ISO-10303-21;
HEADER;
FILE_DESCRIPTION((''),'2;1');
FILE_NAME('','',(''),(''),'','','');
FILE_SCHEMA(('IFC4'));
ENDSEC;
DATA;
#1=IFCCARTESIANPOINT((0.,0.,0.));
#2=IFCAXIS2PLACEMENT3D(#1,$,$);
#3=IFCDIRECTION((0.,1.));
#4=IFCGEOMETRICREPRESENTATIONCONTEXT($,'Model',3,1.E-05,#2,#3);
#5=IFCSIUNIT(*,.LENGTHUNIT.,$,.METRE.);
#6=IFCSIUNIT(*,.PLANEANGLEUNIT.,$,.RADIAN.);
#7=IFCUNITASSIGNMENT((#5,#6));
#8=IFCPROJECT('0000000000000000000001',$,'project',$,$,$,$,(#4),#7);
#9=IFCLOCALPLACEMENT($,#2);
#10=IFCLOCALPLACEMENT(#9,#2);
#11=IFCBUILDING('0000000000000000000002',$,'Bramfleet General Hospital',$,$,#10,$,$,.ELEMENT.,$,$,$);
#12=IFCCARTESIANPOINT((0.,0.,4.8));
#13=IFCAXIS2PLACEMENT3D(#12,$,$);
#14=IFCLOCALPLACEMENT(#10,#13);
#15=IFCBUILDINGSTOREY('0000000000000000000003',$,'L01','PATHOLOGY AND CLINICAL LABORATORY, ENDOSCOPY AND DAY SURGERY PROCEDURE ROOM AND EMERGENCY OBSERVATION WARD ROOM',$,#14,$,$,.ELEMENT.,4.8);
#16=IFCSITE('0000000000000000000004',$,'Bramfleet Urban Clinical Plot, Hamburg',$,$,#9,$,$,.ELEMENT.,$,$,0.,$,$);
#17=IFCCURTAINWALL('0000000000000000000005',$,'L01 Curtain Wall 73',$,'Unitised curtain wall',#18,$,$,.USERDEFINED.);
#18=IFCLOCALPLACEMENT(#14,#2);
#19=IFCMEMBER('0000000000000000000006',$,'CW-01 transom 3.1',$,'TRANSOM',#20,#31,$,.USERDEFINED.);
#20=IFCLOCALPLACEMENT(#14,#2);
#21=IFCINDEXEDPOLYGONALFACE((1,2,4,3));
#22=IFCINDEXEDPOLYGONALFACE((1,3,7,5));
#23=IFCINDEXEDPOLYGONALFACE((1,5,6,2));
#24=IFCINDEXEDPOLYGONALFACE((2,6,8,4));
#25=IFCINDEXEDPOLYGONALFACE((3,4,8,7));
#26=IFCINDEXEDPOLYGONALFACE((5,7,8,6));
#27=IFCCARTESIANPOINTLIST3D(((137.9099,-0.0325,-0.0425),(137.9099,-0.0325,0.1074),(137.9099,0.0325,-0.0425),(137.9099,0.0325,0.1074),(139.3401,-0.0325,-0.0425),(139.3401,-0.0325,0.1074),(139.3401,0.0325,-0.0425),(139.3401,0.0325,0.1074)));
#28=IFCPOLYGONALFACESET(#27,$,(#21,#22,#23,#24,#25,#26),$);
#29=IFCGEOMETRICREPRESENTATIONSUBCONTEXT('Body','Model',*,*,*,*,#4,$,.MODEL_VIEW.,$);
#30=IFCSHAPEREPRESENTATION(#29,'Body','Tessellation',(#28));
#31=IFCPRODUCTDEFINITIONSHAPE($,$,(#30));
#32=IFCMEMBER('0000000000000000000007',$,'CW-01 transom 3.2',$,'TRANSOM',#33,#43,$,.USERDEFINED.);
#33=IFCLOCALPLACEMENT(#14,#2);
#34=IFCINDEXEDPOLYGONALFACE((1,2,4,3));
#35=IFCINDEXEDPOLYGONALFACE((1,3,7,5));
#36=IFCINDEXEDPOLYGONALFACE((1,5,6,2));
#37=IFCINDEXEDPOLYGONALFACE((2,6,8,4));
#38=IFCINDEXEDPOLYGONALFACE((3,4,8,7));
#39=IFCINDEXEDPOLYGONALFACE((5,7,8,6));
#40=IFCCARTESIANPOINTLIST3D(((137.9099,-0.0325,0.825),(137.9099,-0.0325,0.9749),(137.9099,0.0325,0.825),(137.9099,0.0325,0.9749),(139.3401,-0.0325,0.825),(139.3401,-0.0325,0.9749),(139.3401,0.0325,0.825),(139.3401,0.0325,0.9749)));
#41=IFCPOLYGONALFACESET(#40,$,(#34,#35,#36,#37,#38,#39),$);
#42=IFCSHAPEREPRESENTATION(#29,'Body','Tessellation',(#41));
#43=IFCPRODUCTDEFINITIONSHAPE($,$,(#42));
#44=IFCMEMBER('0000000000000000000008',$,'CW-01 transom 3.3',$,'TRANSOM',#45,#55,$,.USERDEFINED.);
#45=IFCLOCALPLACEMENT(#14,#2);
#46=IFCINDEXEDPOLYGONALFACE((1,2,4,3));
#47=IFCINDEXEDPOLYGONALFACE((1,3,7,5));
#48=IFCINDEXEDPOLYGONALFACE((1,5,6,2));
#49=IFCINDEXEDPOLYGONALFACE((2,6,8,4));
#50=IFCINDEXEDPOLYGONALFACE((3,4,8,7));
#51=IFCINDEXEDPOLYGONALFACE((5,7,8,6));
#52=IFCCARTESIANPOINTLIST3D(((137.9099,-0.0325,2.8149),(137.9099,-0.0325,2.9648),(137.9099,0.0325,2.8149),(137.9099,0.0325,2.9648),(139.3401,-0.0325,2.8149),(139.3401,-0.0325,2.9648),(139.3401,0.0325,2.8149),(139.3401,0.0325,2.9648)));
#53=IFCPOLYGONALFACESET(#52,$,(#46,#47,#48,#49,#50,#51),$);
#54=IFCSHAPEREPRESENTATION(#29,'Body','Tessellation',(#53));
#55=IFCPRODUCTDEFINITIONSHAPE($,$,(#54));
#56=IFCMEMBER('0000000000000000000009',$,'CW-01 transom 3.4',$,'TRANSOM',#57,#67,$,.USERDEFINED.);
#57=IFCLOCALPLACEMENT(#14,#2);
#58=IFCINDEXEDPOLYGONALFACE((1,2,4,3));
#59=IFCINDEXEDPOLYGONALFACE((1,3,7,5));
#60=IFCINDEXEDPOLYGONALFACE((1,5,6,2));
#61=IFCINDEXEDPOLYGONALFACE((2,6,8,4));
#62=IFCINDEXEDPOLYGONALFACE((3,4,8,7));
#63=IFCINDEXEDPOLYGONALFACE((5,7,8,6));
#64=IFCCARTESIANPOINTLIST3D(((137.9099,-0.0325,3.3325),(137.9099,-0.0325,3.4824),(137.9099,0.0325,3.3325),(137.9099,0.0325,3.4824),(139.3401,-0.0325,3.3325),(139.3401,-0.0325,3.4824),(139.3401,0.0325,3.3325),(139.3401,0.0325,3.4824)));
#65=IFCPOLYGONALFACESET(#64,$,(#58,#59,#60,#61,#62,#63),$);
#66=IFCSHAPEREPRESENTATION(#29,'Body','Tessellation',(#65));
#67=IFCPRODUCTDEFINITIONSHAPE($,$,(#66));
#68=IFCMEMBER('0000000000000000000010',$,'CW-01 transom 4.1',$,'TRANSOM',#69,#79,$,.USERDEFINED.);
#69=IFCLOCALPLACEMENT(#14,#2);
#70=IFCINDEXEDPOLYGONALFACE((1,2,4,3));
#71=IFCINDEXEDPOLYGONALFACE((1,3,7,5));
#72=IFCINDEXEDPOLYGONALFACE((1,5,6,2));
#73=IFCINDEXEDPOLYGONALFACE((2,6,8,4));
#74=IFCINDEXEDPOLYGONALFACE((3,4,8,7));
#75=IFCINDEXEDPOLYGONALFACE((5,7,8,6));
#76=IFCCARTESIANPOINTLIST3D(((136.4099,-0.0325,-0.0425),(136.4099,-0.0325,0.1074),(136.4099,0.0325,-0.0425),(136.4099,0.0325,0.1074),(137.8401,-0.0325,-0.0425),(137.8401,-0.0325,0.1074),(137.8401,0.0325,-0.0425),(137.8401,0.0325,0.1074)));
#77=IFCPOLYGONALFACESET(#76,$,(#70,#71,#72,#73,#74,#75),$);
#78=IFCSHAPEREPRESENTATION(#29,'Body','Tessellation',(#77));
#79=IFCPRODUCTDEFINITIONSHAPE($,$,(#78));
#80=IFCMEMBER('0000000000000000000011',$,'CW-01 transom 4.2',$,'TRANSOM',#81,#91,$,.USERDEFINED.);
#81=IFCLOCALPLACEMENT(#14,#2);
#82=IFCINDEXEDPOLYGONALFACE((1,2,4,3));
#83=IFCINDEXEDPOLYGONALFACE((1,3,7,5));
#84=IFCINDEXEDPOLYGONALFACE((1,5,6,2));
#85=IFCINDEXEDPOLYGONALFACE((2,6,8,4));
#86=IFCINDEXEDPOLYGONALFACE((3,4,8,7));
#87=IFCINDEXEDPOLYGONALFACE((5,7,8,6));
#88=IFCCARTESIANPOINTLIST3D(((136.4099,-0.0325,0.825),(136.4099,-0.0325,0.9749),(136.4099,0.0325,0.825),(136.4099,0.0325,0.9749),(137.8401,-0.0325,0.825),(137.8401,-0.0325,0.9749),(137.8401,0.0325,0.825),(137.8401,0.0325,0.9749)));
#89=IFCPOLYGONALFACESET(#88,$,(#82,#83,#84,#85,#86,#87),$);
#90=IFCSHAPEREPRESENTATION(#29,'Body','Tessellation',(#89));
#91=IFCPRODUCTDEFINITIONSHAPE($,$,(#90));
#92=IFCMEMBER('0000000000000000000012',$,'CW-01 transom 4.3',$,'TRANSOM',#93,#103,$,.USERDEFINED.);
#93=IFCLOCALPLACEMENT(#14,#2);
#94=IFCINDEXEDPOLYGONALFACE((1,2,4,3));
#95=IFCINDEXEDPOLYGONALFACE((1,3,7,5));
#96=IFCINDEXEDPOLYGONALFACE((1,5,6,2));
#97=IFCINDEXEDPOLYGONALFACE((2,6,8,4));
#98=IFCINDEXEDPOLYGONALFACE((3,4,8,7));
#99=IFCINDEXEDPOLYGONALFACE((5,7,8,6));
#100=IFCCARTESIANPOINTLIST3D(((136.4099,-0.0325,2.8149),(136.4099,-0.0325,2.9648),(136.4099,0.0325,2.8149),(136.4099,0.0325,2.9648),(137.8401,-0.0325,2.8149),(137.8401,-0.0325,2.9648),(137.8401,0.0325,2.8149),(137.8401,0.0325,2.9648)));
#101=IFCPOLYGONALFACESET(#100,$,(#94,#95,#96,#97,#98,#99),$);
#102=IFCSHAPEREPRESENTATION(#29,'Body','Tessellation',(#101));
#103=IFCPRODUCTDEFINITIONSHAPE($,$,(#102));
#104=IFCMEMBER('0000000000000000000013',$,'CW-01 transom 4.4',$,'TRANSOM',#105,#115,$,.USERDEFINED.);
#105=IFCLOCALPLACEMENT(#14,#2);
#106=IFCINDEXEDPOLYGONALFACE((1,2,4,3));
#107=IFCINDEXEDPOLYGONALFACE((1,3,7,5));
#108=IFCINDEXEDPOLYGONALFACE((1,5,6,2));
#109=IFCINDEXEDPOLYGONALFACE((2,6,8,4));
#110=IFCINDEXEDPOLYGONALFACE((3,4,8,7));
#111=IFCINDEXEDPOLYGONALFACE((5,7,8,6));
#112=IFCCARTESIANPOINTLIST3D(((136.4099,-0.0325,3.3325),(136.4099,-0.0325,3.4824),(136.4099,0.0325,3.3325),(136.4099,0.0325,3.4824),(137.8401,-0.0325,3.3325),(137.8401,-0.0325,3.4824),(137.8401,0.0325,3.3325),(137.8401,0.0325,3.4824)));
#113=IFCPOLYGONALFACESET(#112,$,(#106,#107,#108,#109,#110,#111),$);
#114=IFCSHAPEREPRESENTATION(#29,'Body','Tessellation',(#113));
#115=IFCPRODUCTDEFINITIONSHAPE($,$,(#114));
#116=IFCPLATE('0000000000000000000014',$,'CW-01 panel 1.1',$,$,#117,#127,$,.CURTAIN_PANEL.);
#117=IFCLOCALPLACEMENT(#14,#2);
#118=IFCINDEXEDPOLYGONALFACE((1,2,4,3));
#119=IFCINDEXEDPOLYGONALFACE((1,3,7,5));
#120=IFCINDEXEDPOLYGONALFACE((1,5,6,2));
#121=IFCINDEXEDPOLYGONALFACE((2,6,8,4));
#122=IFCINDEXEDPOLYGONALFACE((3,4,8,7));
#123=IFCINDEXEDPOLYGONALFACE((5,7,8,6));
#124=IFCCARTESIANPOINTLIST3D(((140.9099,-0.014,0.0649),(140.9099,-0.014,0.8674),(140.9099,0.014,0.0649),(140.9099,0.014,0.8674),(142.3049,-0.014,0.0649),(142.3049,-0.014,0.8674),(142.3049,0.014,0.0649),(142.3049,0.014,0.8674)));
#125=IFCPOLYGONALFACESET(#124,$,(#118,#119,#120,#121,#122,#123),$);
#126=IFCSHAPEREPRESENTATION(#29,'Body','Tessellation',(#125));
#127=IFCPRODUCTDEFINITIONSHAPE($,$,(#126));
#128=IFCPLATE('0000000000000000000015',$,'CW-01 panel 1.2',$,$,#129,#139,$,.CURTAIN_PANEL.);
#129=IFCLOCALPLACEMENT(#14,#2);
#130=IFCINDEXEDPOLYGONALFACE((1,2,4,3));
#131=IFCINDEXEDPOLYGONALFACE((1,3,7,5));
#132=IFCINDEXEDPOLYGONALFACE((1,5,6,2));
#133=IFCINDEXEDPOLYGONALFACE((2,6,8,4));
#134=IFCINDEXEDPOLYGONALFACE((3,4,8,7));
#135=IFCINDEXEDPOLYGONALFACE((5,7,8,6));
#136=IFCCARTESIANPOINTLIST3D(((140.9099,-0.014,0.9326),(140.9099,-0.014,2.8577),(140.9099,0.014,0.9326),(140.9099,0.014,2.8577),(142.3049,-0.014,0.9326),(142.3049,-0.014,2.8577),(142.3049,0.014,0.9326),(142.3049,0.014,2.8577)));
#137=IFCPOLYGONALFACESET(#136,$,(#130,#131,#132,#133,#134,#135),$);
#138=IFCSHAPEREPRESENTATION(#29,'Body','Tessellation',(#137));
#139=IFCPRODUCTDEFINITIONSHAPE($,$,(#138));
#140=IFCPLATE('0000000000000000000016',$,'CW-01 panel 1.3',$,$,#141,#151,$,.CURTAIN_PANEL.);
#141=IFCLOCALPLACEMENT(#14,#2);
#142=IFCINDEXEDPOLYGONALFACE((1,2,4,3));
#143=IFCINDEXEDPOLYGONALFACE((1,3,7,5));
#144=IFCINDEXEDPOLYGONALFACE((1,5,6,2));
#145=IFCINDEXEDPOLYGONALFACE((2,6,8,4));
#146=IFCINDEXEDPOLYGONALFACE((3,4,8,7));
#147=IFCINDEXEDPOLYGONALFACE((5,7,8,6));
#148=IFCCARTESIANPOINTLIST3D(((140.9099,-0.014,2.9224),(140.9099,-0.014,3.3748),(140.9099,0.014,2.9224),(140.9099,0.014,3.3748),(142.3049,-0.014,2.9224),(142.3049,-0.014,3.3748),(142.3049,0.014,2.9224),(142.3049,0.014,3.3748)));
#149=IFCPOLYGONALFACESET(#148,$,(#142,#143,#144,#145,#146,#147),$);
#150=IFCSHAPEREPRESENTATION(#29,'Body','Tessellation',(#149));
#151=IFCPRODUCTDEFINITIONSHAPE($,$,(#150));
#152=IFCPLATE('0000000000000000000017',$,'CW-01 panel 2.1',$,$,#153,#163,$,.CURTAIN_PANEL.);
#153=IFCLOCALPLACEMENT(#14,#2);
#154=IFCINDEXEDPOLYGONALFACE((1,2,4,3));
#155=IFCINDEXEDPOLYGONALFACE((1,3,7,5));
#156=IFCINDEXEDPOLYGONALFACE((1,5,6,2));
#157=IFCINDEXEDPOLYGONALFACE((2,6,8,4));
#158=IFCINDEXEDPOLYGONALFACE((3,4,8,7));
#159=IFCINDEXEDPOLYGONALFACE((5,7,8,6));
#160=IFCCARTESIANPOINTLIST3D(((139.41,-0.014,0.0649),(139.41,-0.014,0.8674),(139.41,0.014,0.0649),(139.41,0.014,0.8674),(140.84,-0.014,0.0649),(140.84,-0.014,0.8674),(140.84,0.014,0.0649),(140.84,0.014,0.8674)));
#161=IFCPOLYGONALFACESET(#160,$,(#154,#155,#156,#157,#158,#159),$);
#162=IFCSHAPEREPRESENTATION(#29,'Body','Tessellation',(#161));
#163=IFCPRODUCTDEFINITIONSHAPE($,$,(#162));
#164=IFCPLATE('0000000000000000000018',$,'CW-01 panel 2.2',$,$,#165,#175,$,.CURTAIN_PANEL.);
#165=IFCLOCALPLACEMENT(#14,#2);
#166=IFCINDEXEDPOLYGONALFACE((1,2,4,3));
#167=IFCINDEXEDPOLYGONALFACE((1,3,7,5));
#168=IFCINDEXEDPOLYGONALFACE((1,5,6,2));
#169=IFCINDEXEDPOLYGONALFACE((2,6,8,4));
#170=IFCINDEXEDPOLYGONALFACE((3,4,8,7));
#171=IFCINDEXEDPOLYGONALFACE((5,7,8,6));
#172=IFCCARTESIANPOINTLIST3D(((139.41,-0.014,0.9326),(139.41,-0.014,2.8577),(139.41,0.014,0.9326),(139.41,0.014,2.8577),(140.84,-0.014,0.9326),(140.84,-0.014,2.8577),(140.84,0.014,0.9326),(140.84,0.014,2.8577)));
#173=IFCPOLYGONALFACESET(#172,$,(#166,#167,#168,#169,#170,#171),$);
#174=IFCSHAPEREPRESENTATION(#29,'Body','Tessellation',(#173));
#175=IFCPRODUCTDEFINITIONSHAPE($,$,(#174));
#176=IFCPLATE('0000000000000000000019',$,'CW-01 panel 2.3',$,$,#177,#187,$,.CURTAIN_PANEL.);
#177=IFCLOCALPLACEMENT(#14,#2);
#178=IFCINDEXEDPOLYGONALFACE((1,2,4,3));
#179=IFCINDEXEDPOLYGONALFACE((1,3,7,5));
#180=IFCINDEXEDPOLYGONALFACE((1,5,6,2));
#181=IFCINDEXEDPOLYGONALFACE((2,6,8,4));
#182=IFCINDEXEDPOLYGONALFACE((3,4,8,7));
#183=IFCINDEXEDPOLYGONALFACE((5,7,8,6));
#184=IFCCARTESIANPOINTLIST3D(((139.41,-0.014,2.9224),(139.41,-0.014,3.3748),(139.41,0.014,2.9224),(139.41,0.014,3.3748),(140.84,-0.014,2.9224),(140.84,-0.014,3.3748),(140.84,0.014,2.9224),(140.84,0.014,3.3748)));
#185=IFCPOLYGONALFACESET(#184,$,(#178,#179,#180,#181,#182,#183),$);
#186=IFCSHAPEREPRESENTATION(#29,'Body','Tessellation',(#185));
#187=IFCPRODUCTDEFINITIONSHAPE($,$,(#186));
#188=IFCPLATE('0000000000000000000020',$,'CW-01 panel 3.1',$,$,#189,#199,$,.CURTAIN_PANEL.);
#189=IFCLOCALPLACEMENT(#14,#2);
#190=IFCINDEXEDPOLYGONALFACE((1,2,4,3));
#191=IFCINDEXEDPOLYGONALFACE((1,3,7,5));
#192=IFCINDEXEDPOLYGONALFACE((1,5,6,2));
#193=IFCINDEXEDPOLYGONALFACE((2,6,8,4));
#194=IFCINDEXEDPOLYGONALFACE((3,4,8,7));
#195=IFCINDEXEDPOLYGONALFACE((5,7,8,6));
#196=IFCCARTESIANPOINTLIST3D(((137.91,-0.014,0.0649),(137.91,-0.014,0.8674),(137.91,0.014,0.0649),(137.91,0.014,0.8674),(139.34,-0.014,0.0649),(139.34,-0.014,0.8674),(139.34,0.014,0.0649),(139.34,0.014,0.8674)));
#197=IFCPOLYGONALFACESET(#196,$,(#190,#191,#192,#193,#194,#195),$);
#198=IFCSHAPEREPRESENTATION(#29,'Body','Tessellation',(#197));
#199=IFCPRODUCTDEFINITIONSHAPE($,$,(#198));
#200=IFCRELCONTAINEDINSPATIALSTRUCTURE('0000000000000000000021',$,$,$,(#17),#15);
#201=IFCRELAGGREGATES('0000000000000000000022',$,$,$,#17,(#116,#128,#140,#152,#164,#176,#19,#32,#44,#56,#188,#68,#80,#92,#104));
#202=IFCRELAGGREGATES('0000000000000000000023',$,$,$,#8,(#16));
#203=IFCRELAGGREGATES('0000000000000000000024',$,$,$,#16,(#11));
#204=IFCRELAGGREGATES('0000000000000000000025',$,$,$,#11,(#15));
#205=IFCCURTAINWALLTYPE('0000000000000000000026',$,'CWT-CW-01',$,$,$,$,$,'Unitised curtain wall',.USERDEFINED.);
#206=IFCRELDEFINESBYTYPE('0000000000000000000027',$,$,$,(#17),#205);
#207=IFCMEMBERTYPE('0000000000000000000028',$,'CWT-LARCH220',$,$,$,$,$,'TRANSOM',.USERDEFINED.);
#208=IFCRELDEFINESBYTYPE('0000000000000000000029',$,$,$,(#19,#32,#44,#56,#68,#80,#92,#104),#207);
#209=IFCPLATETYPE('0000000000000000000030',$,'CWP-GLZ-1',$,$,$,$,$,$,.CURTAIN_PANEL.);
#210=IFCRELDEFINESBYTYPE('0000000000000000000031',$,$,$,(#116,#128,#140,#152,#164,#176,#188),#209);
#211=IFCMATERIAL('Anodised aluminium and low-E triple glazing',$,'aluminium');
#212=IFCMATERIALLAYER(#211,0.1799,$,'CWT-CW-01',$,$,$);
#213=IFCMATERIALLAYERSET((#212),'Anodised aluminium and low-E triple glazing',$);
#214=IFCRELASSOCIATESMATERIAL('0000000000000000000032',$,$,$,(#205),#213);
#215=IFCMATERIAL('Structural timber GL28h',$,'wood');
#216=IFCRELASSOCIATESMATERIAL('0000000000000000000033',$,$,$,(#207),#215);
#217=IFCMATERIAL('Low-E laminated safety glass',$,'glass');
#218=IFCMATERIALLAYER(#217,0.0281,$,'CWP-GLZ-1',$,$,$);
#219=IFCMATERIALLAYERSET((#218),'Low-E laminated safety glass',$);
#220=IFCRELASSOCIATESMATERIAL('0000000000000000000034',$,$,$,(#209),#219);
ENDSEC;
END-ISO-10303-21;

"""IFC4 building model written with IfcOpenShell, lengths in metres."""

from ifc_helpers import new_model, si_unit, direction, frame, origin, origin_2d, place, context, subcontext, project, spatial, rectangle, extrude, material, layer, layer_set, material_profile, profile_set, type_object, element, aggregate, save


model = new_model("IFC4")

# Units and contexts
model_context = context("Model", 3, precision=1e-05, world=origin(), true_north=direction((0.0, 1.0)))
body_context = subcontext(model_context, "Body", "Model", "MODEL_VIEW")
ifc_project = project(units=[si_unit("LENGTHUNIT", "METRE"), si_unit("PLANEANGLEUNIT", "RADIAN")], contexts=[model_context])

# Site, building, storey
site_placement = place(None, origin())
site = spatial("IfcSite", under=ifc_project, at=site_placement, Name="Bramfleet Urban Clinical Plot, Hamburg", CompositionType="ELEMENT", RefElevation=0.0)
building_placement = place(site_placement, origin())
building = spatial("IfcBuilding", under=site, at=building_placement, Name="Bramfleet General Hospital", CompositionType="ELEMENT")
storey_placement = place(building_placement, frame((0.0, 0.0, 4.8)))
storey = spatial("IfcBuildingStorey", under=building, at=storey_placement, Name="L01", Description="PATHOLOGY AND CLINICAL LABORATORY, ENDOSCOPY AND DAY SURGERY PROCEDURE ROOM AND EMERGENCY OBSERVATION WARD ROOM", CompositionType="ELEMENT", Elevation=4.8)

# Curtain wall, members, plates
ifc_material_1 = material(Name="Anodised aluminium and low-E triple glazing", Category="aluminium")
ifc_layer_1 = layer(ifc_material_1, 0.1799, Name="CWT-CW-01")
ifc_layer_set_1 = layer_set([ifc_layer_1], Name="Anodised aluminium and low-E triple glazing")
curtain_wall_type = type_object("IfcCurtainWallType", Name="CWT-CW-01", ElementType="Unitised curtain wall", PredefinedType="USERDEFINED", material=ifc_layer_set_1)
curtain_wall_placement = place(storey_placement, origin())
curtain_wall = element("IfcCurtainWall", 1, at=curtain_wall_placement, inside=storey, type_object=curtain_wall_type, Name="L01 Curtain Wall 73", ObjectType="Unitised curtain wall", PredefinedType="USERDEFINED")
ifc_material_2 = material(Name="Structural timber GL28h", Category="wood")
ifc_material_profile_1 = material_profile(ifc_material_2, rectangle(XDim=0.0649, YDim=0.1499, at=origin_2d()), Name="LARCH 150x65")
ifc_profile_set_1 = profile_set([ifc_material_profile_1], Name="Structural timber GL28h")
member_type_1 = type_object("IfcMemberType", Name="CWT-LARCH220", ElementType="TRANSOM", PredefinedType="USERDEFINED", material=ifc_profile_set_1)
member_1_placement = place(storey_placement, frame((139.3401, 0.0, 0.0325), z_axis=(-1.0, 0.0, 0.0), x_axis=(0.0, -1.0, 0.0)))
member_1 = element("IfcMember", 2, at=member_1_placement, type_object=member_type_1, Name="CW-01 transom 3.1", ObjectType="TRANSOM", PredefinedType="USERDEFINED", context=body_context, shape_type="SweptSolid", body=[
    extrude(rectangle(XDim=0.0649, YDim=0.1499, at=origin_2d()), origin(), (0.0, 0.0, 1.0), 1.4302),
])
member_2_placement = place(storey_placement, frame((139.3401, 0.0, 0.8999), z_axis=(-1.0, 0.0, 0.0), x_axis=(0.0, -1.0, 0.0)))
member_2 = element("IfcMember", 3, at=member_2_placement, type_object=member_type_1, Name="CW-01 transom 3.2", ObjectType="TRANSOM", PredefinedType="USERDEFINED", context=body_context, shape_type="SweptSolid", body=[
    extrude(rectangle(XDim=0.0649, YDim=0.1499, at=origin_2d()), origin(), (0.0, 0.0, 1.0), 1.4302),
])
member_3_placement = place(storey_placement, frame((139.3401, 0.0, 2.8899), z_axis=(-1.0, 0.0, 0.0), x_axis=(0.0, -1.0, 0.0)))
member_3 = element("IfcMember", 4, at=member_3_placement, type_object=member_type_1, Name="CW-01 transom 3.3", ObjectType="TRANSOM", PredefinedType="USERDEFINED", context=body_context, shape_type="SweptSolid", body=[
    extrude(rectangle(XDim=0.0649, YDim=0.1499, at=origin_2d()), origin(), (0.0, 0.0, 1.0), 1.4302),
])
member_4_placement = place(storey_placement, frame((139.3401, 0.0, 3.4075), z_axis=(-1.0, 0.0, 0.0), x_axis=(0.0, -1.0, 0.0)))
member_4 = element("IfcMember", 5, at=member_4_placement, type_object=member_type_1, Name="CW-01 transom 3.4", ObjectType="TRANSOM", PredefinedType="USERDEFINED", context=body_context, shape_type="SweptSolid", body=[
    extrude(rectangle(XDim=0.0649, YDim=0.1499, at=origin_2d()), origin(), (0.0, 0.0, 1.0), 1.4302),
])
member_5_placement = place(storey_placement, frame((137.8401, 0.0, 0.0325), z_axis=(-1.0, 0.0, 0.0), x_axis=(0.0, -1.0, 0.0)))
member_5 = element("IfcMember", 6, at=member_5_placement, type_object=member_type_1, Name="CW-01 transom 4.1", ObjectType="TRANSOM", PredefinedType="USERDEFINED", context=body_context, shape_type="SweptSolid", body=[
    extrude(rectangle(XDim=0.0649, YDim=0.1499, at=origin_2d()), origin(), (0.0, 0.0, 1.0), 1.4302),
])
member_6_placement = place(storey_placement, frame((137.8401, 0.0, 0.8999), z_axis=(-1.0, 0.0, 0.0), x_axis=(0.0, -1.0, 0.0)))
member_6 = element("IfcMember", 7, at=member_6_placement, type_object=member_type_1, Name="CW-01 transom 4.2", ObjectType="TRANSOM", PredefinedType="USERDEFINED", context=body_context, shape_type="SweptSolid", body=[
    extrude(rectangle(XDim=0.0649, YDim=0.1499, at=origin_2d()), origin(), (0.0, 0.0, 1.0), 1.4302),
])
member_7_placement = place(storey_placement, frame((137.8401, 0.0, 2.8899), z_axis=(-1.0, 0.0, 0.0), x_axis=(0.0, -1.0, 0.0)))
member_7 = element("IfcMember", 8, at=member_7_placement, type_object=member_type_1, Name="CW-01 transom 4.3", ObjectType="TRANSOM", PredefinedType="USERDEFINED", context=body_context, shape_type="SweptSolid", body=[
    extrude(rectangle(XDim=0.0649, YDim=0.1499, at=origin_2d()), origin(), (0.0, 0.0, 1.0), 1.4302),
])
member_8_placement = place(storey_placement, frame((137.8401, 0.0, 3.4075), z_axis=(-1.0, 0.0, 0.0), x_axis=(0.0, -1.0, 0.0)))
member_8 = element("IfcMember", 9, at=member_8_placement, type_object=member_type_1, Name="CW-01 transom 4.4", ObjectType="TRANSOM", PredefinedType="USERDEFINED", context=body_context, shape_type="SweptSolid", body=[
    extrude(rectangle(XDim=0.0649, YDim=0.1499, at=origin_2d()), origin(), (0.0, 0.0, 1.0), 1.4302),
])
ifc_material_3 = material(Name="Low-E laminated safety glass", Category="glass")
ifc_layer_2 = layer(ifc_material_3, 0.0281, Name="CWP-GLZ-1")
ifc_layer_set_2 = layer_set([ifc_layer_2], Name="Low-E laminated safety glass")
plate_type = type_object("IfcPlateType", Name="CWP-GLZ-1", PredefinedType="CURTAIN_PANEL", material=ifc_layer_set_2)
plate_1_placement = place(storey_placement, frame((141.6074, 0.0, 0.0649), z_axis=(0.0, 0.0, 1.0), x_axis=(-1.0, 0.0, 0.0)))
plate_1 = element("IfcPlate", 10, at=plate_1_placement, type_object=plate_type, Name="CW-01 panel 1.1", PredefinedType="CURTAIN_PANEL", context=body_context, shape_type="SweptSolid", body=[
    extrude(rectangle(XDim=1.395, YDim=0.0281, at=origin_2d()), origin(), (0.0, 0.0, 1.0), 0.8025),
])
plate_2_placement = place(storey_placement, frame((141.6074, 0.0, 0.9326), z_axis=(0.0, 0.0, 1.0), x_axis=(-1.0, 0.0, 0.0)))
plate_2 = element("IfcPlate", 11, at=plate_2_placement, type_object=plate_type, Name="CW-01 panel 1.2", PredefinedType="CURTAIN_PANEL", context=body_context, shape_type="SweptSolid", body=[
    extrude(rectangle(XDim=1.395, YDim=0.0281, at=origin_2d()), origin(), (0.0, 0.0, 1.0), 1.925),
])
plate_3_placement = place(storey_placement, frame((141.6074, 0.0, 2.9224), z_axis=(0.0, 0.0, 1.0), x_axis=(-1.0, 0.0, 0.0)))
plate_3 = element("IfcPlate", 12, at=plate_3_placement, type_object=plate_type, Name="CW-01 panel 1.3", PredefinedType="CURTAIN_PANEL", context=body_context, shape_type="SweptSolid", body=[
    extrude(rectangle(XDim=1.395, YDim=0.0281, at=origin_2d()), origin(), (0.0, 0.0, 1.0), 0.4524),
])
plate_4_placement = place(storey_placement, frame((140.125, 0.0, 0.0649), z_axis=(0.0, 0.0, 1.0), x_axis=(-1.0, 0.0, 0.0)))
plate_4 = element("IfcPlate", 13, at=plate_4_placement, type_object=plate_type, Name="CW-01 panel 2.1", PredefinedType="CURTAIN_PANEL", context=body_context, shape_type="SweptSolid", body=[
    extrude(rectangle(XDim=1.4299, YDim=0.0281, at=origin_2d()), origin(), (0.0, 0.0, 1.0), 0.8025),
])
plate_5_placement = place(storey_placement, frame((140.125, 0.0, 0.9326), z_axis=(0.0, 0.0, 1.0), x_axis=(-1.0, 0.0, 0.0)))
plate_5 = element("IfcPlate", 14, at=plate_5_placement, type_object=plate_type, Name="CW-01 panel 2.2", PredefinedType="CURTAIN_PANEL", context=body_context, shape_type="SweptSolid", body=[
    extrude(rectangle(XDim=1.4299, YDim=0.0281, at=origin_2d()), origin(), (0.0, 0.0, 1.0), 1.925),
])
plate_6_placement = place(storey_placement, frame((140.125, 0.0, 2.9224), z_axis=(0.0, 0.0, 1.0), x_axis=(-1.0, 0.0, 0.0)))
plate_6 = element("IfcPlate", 15, at=plate_6_placement, type_object=plate_type, Name="CW-01 panel 2.3", PredefinedType="CURTAIN_PANEL", context=body_context, shape_type="SweptSolid", body=[
    extrude(rectangle(XDim=1.4299, YDim=0.0281, at=origin_2d()), origin(), (0.0, 0.0, 1.0), 0.4524),
])
plate_7_placement = place(storey_placement, frame((138.625, 0.0, 0.0649), z_axis=(0.0, 0.0, 1.0), x_axis=(-1.0, 0.0, 0.0)))
plate_7 = element("IfcPlate", 16, at=plate_7_placement, type_object=plate_type, Name="CW-01 panel 3.1", PredefinedType="CURTAIN_PANEL", context=body_context, shape_type="SweptSolid", body=[
    extrude(rectangle(XDim=1.4299, YDim=0.0281, at=origin_2d()), origin(), (0.0, 0.0, 1.0), 0.8025),
])
aggregate(curtain_wall, [plate_1, plate_2, plate_3, plate_4, plate_5, plate_6, member_1, member_2, member_3, member_4, plate_7, member_5, member_6, member_7, member_8])

save(model, "model.ifc")
